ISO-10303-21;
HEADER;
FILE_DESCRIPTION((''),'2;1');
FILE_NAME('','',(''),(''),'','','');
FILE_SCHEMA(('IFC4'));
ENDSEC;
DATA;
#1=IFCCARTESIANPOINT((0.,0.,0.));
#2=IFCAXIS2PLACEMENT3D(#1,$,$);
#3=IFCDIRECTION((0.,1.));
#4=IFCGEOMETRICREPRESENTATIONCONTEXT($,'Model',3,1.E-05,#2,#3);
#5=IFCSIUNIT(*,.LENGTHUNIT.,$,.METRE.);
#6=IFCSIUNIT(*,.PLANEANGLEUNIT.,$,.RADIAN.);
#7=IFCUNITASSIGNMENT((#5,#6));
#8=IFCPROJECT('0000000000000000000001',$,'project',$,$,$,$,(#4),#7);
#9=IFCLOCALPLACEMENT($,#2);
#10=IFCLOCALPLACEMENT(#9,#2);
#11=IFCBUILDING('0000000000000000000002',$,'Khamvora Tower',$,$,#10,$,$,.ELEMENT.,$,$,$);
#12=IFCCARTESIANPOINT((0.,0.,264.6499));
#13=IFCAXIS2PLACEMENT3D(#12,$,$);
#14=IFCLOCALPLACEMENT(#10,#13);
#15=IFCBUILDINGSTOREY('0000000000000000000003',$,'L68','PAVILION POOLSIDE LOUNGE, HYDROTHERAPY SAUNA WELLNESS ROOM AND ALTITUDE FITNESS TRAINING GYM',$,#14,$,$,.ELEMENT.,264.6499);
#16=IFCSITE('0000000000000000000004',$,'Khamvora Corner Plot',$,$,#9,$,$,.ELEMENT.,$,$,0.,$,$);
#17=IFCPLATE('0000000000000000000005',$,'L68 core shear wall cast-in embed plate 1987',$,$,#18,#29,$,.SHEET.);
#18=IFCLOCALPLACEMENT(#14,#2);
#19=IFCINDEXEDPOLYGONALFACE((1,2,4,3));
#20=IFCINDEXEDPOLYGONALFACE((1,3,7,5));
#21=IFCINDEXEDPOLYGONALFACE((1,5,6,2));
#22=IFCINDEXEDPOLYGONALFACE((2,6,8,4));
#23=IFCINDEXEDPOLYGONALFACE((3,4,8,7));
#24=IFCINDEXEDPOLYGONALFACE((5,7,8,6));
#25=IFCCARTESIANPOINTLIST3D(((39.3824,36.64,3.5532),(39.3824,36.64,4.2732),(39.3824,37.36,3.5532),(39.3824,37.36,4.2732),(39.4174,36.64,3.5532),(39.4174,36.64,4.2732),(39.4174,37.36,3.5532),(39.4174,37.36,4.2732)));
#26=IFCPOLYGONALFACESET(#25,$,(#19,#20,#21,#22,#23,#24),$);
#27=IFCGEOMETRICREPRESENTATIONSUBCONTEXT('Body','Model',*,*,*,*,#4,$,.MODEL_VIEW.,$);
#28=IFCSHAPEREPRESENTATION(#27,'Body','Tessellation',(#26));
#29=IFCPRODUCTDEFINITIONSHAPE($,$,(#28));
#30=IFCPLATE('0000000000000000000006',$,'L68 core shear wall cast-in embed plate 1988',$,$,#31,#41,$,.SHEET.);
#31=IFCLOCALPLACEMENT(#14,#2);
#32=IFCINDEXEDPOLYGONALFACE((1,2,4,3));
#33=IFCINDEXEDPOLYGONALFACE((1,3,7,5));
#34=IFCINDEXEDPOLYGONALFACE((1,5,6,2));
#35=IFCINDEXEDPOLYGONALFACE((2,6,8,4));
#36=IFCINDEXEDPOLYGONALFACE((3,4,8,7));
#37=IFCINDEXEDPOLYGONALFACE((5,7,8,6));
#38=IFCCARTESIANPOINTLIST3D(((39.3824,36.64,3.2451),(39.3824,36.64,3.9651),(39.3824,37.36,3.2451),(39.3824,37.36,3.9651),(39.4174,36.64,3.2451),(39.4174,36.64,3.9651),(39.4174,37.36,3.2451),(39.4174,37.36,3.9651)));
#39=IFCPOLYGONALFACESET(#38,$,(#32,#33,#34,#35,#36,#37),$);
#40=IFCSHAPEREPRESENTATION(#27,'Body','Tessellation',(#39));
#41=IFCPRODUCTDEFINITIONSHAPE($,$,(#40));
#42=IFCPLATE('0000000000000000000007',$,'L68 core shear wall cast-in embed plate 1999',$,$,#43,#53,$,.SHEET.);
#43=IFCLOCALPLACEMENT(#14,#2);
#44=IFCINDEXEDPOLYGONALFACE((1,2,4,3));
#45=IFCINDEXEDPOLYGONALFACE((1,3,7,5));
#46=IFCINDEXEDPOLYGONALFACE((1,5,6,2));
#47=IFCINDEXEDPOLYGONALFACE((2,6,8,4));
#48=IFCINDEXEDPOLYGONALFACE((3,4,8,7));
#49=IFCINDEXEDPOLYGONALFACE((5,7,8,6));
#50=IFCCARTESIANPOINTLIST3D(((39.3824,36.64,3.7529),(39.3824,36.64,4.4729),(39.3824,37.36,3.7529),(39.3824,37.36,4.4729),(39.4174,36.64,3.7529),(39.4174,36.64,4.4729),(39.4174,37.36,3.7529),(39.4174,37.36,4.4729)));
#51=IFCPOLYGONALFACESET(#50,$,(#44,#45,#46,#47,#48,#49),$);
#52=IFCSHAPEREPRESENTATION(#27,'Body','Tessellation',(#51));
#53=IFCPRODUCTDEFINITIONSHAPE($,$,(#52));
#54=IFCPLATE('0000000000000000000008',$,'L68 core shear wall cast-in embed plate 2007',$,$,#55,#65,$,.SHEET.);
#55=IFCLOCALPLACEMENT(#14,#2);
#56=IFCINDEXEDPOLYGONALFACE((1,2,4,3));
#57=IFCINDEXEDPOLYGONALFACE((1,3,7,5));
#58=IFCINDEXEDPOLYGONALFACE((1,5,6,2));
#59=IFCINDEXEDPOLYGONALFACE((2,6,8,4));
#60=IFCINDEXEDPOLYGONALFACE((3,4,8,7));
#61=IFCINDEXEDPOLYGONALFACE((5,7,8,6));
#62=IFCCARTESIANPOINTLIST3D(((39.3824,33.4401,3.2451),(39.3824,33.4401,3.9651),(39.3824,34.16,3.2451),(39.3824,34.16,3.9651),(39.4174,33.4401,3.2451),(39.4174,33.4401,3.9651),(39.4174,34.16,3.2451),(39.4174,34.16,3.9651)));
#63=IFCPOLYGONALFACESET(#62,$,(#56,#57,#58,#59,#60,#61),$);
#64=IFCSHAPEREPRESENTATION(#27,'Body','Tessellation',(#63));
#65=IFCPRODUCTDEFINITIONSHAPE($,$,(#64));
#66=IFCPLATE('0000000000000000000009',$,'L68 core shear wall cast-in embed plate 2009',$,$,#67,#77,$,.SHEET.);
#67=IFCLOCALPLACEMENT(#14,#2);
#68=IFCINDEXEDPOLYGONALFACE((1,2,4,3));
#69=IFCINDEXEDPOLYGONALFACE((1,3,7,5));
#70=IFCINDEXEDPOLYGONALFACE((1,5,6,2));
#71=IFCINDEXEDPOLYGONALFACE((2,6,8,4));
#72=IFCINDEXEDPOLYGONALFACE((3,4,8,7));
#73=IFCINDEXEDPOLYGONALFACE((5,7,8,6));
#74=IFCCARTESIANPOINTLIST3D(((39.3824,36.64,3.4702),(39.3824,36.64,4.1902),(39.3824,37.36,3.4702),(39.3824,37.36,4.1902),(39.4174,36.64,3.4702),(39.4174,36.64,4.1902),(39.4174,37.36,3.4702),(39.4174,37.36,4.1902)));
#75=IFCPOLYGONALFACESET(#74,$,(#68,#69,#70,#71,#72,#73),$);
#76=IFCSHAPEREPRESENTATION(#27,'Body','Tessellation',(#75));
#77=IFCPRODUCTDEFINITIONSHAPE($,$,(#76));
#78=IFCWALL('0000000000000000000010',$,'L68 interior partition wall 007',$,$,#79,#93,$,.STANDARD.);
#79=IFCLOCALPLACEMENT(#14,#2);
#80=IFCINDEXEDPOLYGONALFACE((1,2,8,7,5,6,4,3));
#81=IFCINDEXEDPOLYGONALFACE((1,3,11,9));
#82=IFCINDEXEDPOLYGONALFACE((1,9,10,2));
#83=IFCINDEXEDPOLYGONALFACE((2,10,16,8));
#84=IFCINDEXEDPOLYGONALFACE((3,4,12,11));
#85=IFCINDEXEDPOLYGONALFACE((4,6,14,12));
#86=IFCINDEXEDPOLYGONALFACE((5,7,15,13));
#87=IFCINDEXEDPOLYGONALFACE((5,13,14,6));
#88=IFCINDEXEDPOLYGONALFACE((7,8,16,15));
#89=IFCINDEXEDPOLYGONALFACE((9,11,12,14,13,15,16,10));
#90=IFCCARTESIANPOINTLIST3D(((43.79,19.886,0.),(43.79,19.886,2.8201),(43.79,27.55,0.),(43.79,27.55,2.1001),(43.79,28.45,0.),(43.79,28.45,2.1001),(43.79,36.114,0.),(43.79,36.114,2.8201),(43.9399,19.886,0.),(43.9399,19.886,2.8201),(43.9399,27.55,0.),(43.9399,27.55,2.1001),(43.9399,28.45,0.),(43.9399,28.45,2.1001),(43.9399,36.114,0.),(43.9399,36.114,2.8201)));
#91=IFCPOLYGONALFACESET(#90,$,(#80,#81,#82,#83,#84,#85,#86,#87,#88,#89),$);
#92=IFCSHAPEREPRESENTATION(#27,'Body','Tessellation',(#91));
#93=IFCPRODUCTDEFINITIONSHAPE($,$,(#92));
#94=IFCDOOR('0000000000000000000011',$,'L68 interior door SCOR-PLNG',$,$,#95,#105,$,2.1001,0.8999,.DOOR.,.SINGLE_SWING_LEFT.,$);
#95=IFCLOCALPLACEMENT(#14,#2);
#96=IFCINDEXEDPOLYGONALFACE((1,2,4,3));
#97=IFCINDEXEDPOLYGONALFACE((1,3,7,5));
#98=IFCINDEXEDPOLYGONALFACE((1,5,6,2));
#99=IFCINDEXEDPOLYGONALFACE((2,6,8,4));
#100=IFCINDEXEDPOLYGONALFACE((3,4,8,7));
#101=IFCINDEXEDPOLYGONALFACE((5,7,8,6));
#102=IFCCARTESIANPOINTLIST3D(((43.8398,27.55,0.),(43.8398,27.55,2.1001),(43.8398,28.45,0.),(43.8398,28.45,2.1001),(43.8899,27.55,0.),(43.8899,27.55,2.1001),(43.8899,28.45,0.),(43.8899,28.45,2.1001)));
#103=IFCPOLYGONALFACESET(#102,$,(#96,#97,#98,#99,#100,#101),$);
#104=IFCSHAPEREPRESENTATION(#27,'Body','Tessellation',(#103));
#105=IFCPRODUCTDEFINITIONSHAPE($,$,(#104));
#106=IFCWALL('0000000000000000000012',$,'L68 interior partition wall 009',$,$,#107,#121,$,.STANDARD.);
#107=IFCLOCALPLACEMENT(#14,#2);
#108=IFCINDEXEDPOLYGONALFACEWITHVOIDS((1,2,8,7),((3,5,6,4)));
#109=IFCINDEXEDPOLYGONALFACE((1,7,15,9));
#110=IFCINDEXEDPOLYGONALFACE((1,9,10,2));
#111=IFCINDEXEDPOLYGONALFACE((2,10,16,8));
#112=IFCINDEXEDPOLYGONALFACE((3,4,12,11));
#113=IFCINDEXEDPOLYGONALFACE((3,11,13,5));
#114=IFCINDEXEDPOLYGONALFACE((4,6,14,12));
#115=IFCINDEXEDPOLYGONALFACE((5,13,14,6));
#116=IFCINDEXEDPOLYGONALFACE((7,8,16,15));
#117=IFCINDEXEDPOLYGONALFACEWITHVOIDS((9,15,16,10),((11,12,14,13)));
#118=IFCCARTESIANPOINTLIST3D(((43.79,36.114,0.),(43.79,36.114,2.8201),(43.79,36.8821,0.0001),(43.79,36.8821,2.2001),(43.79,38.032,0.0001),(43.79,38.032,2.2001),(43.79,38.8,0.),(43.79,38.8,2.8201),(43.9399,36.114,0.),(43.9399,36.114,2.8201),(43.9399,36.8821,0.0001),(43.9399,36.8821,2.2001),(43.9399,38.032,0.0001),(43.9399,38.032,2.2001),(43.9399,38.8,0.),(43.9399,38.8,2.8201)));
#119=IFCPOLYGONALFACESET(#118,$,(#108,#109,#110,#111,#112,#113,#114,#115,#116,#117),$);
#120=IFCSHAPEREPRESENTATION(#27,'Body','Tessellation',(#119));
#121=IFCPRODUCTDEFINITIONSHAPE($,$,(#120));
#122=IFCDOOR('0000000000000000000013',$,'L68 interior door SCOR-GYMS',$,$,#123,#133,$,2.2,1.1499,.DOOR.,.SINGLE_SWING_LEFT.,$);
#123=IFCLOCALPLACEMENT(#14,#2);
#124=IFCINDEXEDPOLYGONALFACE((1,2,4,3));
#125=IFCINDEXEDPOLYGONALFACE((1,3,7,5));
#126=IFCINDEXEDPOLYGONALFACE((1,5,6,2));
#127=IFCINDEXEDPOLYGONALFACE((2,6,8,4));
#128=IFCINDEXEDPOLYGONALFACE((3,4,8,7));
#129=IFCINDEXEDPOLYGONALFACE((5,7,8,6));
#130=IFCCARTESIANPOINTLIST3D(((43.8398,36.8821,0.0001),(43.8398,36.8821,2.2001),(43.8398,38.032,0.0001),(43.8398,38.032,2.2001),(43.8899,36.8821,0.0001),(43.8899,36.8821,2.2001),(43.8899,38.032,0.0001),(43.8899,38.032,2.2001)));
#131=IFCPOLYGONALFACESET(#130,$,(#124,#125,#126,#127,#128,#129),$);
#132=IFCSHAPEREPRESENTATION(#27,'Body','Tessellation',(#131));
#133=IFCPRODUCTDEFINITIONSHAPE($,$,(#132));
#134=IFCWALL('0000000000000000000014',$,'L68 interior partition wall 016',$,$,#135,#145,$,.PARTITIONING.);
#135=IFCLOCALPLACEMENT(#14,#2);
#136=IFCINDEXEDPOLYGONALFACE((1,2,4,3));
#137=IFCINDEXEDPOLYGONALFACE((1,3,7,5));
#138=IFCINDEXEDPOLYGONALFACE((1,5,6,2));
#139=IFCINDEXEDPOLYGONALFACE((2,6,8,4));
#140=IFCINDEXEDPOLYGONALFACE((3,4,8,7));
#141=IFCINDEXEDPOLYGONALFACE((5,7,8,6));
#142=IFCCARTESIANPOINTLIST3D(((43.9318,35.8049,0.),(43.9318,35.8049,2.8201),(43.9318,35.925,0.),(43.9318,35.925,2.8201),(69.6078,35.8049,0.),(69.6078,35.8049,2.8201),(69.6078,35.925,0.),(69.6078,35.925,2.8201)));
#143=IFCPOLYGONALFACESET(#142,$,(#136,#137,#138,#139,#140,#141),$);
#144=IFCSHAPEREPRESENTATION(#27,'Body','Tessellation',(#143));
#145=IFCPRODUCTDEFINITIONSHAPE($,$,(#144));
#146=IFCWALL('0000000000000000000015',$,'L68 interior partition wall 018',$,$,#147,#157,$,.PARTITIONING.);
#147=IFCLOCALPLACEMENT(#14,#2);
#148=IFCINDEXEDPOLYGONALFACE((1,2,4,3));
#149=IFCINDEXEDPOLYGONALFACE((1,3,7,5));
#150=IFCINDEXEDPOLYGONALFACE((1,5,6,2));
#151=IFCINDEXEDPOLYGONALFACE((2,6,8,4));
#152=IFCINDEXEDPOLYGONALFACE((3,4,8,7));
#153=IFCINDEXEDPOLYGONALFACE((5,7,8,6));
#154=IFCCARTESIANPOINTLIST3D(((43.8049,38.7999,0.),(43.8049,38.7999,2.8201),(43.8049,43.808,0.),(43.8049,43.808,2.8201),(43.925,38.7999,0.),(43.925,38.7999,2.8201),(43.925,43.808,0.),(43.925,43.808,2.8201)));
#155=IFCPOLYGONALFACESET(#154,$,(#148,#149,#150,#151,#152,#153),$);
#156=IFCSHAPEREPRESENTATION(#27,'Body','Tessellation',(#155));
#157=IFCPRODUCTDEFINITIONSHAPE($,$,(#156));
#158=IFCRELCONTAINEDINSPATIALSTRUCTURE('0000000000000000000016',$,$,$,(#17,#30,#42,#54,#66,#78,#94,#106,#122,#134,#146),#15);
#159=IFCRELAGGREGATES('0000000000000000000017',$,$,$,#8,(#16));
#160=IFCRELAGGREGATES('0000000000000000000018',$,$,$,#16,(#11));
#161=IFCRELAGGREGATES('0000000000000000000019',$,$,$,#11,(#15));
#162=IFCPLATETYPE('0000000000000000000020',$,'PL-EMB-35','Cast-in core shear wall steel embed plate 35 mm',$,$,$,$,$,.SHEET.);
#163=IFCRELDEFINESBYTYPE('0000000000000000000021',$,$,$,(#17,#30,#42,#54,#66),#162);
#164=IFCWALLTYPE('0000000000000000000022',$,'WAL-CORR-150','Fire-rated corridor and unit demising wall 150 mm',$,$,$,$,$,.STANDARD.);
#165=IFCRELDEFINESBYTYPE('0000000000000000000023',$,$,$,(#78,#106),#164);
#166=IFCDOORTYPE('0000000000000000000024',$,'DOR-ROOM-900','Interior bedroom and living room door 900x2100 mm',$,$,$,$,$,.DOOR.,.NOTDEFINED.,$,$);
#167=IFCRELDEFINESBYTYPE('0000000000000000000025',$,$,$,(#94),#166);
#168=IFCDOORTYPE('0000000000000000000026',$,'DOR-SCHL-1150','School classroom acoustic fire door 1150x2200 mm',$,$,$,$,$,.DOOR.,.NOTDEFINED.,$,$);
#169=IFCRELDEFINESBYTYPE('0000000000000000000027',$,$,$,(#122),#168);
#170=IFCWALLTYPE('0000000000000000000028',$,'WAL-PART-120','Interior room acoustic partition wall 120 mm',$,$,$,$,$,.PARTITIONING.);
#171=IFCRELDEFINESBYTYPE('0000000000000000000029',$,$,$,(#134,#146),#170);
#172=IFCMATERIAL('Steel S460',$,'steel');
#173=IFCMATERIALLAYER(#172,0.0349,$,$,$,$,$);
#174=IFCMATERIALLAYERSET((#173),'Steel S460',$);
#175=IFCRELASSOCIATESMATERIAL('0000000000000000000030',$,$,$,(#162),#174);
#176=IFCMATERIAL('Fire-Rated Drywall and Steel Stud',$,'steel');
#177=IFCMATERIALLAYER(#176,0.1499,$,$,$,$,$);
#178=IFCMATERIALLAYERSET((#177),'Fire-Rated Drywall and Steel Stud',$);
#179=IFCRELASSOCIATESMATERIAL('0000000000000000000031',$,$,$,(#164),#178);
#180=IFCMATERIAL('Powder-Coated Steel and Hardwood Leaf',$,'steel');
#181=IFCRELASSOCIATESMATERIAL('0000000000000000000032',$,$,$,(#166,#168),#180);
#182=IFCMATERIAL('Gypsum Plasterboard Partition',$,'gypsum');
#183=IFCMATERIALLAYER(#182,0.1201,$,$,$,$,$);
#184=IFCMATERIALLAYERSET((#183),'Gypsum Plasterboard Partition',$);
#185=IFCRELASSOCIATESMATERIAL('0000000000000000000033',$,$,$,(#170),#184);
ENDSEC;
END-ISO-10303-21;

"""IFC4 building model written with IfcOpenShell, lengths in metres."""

from ifc_helpers import new_model, si_unit, direction, frame, frame_2d, origin, origin_2d, place, context, subcontext, project, spatial, rectangle, extrude, material, layer, layer_set, type_object, element, fill, save


model = new_model("IFC4")

# Units and contexts
model_context = context("Model", 3, precision=1e-05, world=origin(), true_north=direction((0.0, 1.0)))
body_context = subcontext(model_context, "Body", "Model", "MODEL_VIEW")
ifc_project = project(units=[si_unit("LENGTHUNIT", "METRE"), si_unit("PLANEANGLEUNIT", "RADIAN")], contexts=[model_context])

# Site, building, storey
site_placement = place(None, origin())
site = spatial("IfcSite", under=ifc_project, at=site_placement, Name="Khamvora Corner Plot", CompositionType="ELEMENT", RefElevation=0.0)
building_placement = place(site_placement, origin())
building = spatial("IfcBuilding", under=site, at=building_placement, Name="Khamvora Tower", CompositionType="ELEMENT")
storey_placement = place(building_placement, frame((0.0, 0.0, 264.6499)))
storey = spatial("IfcBuildingStorey", under=building, at=storey_placement, Name="L68", Description="PAVILION POOLSIDE LOUNGE, HYDROTHERAPY SAUNA WELLNESS ROOM AND ALTITUDE FITNESS TRAINING GYM", CompositionType="ELEMENT", Elevation=264.6499)

# Shared definitions
ifc_material_1 = material(Name="Steel S460", Category="steel")

# Plates
ifc_layer_1 = layer(ifc_material_1, 0.0349)
ifc_layer_set_1 = layer_set([ifc_layer_1], Name="Steel S460")
plate_type_1 = type_object("IfcPlateType", Name="PL-EMB-35", Description="Cast-in core shear wall steel embed plate 35 mm", PredefinedType="SHEET", material=ifc_layer_set_1)
for number, where, z_axis, x_axis, name in (
    (1, (39.3999, 37.0, 3.5532), (0.0, 0.0, 1.0), (1.0, 0.0, 0.0), "L68 core shear wall cast-in embed plate 1987"),
    (2, (39.3999, 37.0, 3.2451), (0.0, 0.0, 1.0), (1.0, 0.0, 0.0), "L68 core shear wall cast-in embed plate 1988"),
    (3, (39.3999, 37.0, 3.7529), (0.0, 0.0, 1.0), (1.0, 0.0, 0.0), "L68 core shear wall cast-in embed plate 1999"),
    (4, (39.3999, 33.8, 3.2451), (0.0, 0.0, 1.0), (1.0, 0.0, 0.0), "L68 core shear wall cast-in embed plate 2007"),
    (5, (39.3999, 37.0, 3.4702), (0.0, 0.0, 1.0), (1.0, 0.0, 0.0), "L68 core shear wall cast-in embed plate 2009"),
):
    element("IfcPlate", number, at=place(storey_placement, frame(where, z_axis=z_axis, x_axis=x_axis)), inside=storey, type_object=plate_type_1, Name=name, PredefinedType="SHEET", context=body_context, shape_type="SweptSolid", body=[
        extrude(rectangle(XDim=0.0349, YDim=0.72, at=origin_2d()), origin(), (0.0, 0.0, 1.0), 0.72),
    ])

# Walls, openings, doors
ifc_material_2 = material(Name="Fire-Rated Drywall and Steel Stud", Category="steel")
ifc_layer_2 = layer(ifc_material_2, 0.1499)
ifc_layer_set_2 = layer_set([ifc_layer_2], Name="Fire-Rated Drywall and Steel Stud")
wall_type_1 = type_object("IfcWallType", Name="WAL-CORR-150", Description="Fire-rated corridor and unit demising wall 150 mm", PredefinedType="STANDARD", material=ifc_layer_set_2)
wall_1_placement = place(storey_placement, frame((43.865, 36.114, 0.0), z_axis=(0.0, 0.0, 1.0), x_axis=(0.0, -1.0, 0.0)))
wall_1 = element("IfcWall", 6, at=wall_1_placement, inside=storey, type_object=wall_type_1, Name="L68 interior partition wall 007", PredefinedType="STANDARD", context=body_context, shape_type="SweptSolid", body=[
    extrude(rectangle(XDim=16.228, YDim=0.1499, at=frame_2d((8.114, 0.0))), origin(), (0.0, 0.0, 1.0), 2.8201),
])
opening_1_placement = place(wall_1_placement, frame((7.6641, 0.0, 0.0)))
opening_1 = element("IfcOpeningElement", 7, at=opening_1_placement, cuts=wall_1, PredefinedType="OPENING", context=body_context, shape_type="SweptSolid", body=[
    extrude(rectangle(XDim=0.8999, YDim=2.1001, at=frame_2d((0.45, 1.05))), frame((0.0, 0.085, 0.0), z_axis=(0.0, -1.0, 0.0), x_axis=(1.0, 0.0, 0.0)), (0.0, 0.0, 1.0), 0.1699),
])
ifc_material_3 = material(Name="Powder-Coated Steel and Hardwood Leaf", Category="steel")
door_type_1 = type_object("IfcDoorType", Name="DOR-ROOM-900", Description="Interior bedroom and living room door 900x2100 mm", OperationType="NOTDEFINED", PredefinedType="DOOR", material=ifc_material_3)
door_1_placement = place(opening_1_placement, origin())
door_1 = element("IfcDoor", 8, at=door_1_placement, inside=storey, type_object=door_type_1, Name="L68 interior door SCOR-PLNG", OperationType="SINGLE_SWING_LEFT", OverallHeight=2.1001, OverallWidth=0.8999, PredefinedType="DOOR", context=body_context, shape_type="SweptSolid", body=[
    extrude(rectangle(XDim=0.8999, YDim=2.1001, at=frame_2d((0.45, 1.05))), frame((0.0, 0.0249, 0.0), z_axis=(0.0, -1.0, 0.0), x_axis=(1.0, 0.0, 0.0)), (0.0, 0.0, 1.0), 0.05),
])
fill(opening_1, door_1)
wall_2_placement = place(storey_placement, frame((43.865, 38.8, 0.0), z_axis=(0.0, 0.0, 1.0), x_axis=(0.0, -1.0, 0.0)))
wall_2 = element("IfcWall", 9, at=wall_2_placement, inside=storey, type_object=wall_type_1, Name="L68 interior partition wall 009", PredefinedType="STANDARD", context=body_context, shape_type="SweptSolid", body=[
    extrude(rectangle(XDim=2.686, YDim=0.1499, at=frame_2d((1.343, 0.0))), origin(), (0.0, 0.0, 1.0), 2.8201),
])
opening_2_placement = place(wall_2_placement, frame((0.7681, 0.0, 0.0)))
opening_2 = element("IfcOpeningElement", 10, at=opening_2_placement, cuts=wall_2, PredefinedType="OPENING", context=body_context, shape_type="SweptSolid", body=[
    extrude(rectangle(XDim=1.1499, YDim=2.2, at=frame_2d((0.575, 1.1001))), frame((0.0, 0.085, 0.0), z_axis=(0.0, -1.0, 0.0), x_axis=(1.0, 0.0, 0.0)), (0.0, 0.0, 1.0), 0.1699),
])
door_type_2 = type_object("IfcDoorType", Name="DOR-SCHL-1150", Description="School classroom acoustic fire door 1150x2200 mm", OperationType="NOTDEFINED", PredefinedType="DOOR", material=ifc_material_3)
door_2_placement = place(opening_2_placement, origin())
door_2 = element("IfcDoor", 11, at=door_2_placement, inside=storey, type_object=door_type_2, Name="L68 interior door SCOR-GYMS", OperationType="SINGLE_SWING_LEFT", OverallHeight=2.2, OverallWidth=1.1499, PredefinedType="DOOR", context=body_context, shape_type="SweptSolid", body=[
    extrude(rectangle(XDim=1.1499, YDim=2.2, at=frame_2d((0.575, 1.1001))), frame((0.0, 0.0249, 0.0), z_axis=(0.0, -1.0, 0.0), x_axis=(1.0, 0.0, 0.0)), (0.0, 0.0, 1.0), 0.05),
])
fill(opening_2, door_2)

# Walls
ifc_material_4 = material(Name="Gypsum Plasterboard Partition", Category="gypsum")
ifc_layer_3 = layer(ifc_material_4, 0.1201)
ifc_layer_set_3 = layer_set([ifc_layer_3], Name="Gypsum Plasterboard Partition")
wall_type_2 = type_object("IfcWallType", Name="WAL-PART-120", Description="Interior room acoustic partition wall 120 mm", PredefinedType="PARTITIONING", material=ifc_layer_set_3)
wall_3_placement = place(storey_placement, frame((43.9319, 35.865, 0.0), z_axis=(0.0, 0.0, 1.0), x_axis=(1.0, 0.0, 0.0)))
element("IfcWall", 12, at=wall_3_placement, inside=storey, type_object=wall_type_2, Name="L68 interior partition wall 016", PredefinedType="PARTITIONING", context=body_context, shape_type="SweptSolid", body=[
    extrude(rectangle(XDim=25.676, YDim=0.1201, at=frame_2d((12.8379, 0.0))), origin(), (0.0, 0.0, 1.0), 2.8201),
])
wall_4_placement = place(storey_placement, frame((43.865, 38.8, 0.0), z_axis=(0.0, 0.0, 1.0), x_axis=(0.0, 1.0, 0.0)))
element("IfcWall", 13, at=wall_4_placement, inside=storey, type_object=wall_type_2, Name="L68 interior partition wall 018", PredefinedType="PARTITIONING", context=body_context, shape_type="SweptSolid", body=[
    extrude(rectangle(XDim=5.0081, YDim=0.1201, at=frame_2d((2.5039, 0.0))), origin(), (0.0, 0.0, 1.0), 2.8201),
])

save(model, "model.ifc")
